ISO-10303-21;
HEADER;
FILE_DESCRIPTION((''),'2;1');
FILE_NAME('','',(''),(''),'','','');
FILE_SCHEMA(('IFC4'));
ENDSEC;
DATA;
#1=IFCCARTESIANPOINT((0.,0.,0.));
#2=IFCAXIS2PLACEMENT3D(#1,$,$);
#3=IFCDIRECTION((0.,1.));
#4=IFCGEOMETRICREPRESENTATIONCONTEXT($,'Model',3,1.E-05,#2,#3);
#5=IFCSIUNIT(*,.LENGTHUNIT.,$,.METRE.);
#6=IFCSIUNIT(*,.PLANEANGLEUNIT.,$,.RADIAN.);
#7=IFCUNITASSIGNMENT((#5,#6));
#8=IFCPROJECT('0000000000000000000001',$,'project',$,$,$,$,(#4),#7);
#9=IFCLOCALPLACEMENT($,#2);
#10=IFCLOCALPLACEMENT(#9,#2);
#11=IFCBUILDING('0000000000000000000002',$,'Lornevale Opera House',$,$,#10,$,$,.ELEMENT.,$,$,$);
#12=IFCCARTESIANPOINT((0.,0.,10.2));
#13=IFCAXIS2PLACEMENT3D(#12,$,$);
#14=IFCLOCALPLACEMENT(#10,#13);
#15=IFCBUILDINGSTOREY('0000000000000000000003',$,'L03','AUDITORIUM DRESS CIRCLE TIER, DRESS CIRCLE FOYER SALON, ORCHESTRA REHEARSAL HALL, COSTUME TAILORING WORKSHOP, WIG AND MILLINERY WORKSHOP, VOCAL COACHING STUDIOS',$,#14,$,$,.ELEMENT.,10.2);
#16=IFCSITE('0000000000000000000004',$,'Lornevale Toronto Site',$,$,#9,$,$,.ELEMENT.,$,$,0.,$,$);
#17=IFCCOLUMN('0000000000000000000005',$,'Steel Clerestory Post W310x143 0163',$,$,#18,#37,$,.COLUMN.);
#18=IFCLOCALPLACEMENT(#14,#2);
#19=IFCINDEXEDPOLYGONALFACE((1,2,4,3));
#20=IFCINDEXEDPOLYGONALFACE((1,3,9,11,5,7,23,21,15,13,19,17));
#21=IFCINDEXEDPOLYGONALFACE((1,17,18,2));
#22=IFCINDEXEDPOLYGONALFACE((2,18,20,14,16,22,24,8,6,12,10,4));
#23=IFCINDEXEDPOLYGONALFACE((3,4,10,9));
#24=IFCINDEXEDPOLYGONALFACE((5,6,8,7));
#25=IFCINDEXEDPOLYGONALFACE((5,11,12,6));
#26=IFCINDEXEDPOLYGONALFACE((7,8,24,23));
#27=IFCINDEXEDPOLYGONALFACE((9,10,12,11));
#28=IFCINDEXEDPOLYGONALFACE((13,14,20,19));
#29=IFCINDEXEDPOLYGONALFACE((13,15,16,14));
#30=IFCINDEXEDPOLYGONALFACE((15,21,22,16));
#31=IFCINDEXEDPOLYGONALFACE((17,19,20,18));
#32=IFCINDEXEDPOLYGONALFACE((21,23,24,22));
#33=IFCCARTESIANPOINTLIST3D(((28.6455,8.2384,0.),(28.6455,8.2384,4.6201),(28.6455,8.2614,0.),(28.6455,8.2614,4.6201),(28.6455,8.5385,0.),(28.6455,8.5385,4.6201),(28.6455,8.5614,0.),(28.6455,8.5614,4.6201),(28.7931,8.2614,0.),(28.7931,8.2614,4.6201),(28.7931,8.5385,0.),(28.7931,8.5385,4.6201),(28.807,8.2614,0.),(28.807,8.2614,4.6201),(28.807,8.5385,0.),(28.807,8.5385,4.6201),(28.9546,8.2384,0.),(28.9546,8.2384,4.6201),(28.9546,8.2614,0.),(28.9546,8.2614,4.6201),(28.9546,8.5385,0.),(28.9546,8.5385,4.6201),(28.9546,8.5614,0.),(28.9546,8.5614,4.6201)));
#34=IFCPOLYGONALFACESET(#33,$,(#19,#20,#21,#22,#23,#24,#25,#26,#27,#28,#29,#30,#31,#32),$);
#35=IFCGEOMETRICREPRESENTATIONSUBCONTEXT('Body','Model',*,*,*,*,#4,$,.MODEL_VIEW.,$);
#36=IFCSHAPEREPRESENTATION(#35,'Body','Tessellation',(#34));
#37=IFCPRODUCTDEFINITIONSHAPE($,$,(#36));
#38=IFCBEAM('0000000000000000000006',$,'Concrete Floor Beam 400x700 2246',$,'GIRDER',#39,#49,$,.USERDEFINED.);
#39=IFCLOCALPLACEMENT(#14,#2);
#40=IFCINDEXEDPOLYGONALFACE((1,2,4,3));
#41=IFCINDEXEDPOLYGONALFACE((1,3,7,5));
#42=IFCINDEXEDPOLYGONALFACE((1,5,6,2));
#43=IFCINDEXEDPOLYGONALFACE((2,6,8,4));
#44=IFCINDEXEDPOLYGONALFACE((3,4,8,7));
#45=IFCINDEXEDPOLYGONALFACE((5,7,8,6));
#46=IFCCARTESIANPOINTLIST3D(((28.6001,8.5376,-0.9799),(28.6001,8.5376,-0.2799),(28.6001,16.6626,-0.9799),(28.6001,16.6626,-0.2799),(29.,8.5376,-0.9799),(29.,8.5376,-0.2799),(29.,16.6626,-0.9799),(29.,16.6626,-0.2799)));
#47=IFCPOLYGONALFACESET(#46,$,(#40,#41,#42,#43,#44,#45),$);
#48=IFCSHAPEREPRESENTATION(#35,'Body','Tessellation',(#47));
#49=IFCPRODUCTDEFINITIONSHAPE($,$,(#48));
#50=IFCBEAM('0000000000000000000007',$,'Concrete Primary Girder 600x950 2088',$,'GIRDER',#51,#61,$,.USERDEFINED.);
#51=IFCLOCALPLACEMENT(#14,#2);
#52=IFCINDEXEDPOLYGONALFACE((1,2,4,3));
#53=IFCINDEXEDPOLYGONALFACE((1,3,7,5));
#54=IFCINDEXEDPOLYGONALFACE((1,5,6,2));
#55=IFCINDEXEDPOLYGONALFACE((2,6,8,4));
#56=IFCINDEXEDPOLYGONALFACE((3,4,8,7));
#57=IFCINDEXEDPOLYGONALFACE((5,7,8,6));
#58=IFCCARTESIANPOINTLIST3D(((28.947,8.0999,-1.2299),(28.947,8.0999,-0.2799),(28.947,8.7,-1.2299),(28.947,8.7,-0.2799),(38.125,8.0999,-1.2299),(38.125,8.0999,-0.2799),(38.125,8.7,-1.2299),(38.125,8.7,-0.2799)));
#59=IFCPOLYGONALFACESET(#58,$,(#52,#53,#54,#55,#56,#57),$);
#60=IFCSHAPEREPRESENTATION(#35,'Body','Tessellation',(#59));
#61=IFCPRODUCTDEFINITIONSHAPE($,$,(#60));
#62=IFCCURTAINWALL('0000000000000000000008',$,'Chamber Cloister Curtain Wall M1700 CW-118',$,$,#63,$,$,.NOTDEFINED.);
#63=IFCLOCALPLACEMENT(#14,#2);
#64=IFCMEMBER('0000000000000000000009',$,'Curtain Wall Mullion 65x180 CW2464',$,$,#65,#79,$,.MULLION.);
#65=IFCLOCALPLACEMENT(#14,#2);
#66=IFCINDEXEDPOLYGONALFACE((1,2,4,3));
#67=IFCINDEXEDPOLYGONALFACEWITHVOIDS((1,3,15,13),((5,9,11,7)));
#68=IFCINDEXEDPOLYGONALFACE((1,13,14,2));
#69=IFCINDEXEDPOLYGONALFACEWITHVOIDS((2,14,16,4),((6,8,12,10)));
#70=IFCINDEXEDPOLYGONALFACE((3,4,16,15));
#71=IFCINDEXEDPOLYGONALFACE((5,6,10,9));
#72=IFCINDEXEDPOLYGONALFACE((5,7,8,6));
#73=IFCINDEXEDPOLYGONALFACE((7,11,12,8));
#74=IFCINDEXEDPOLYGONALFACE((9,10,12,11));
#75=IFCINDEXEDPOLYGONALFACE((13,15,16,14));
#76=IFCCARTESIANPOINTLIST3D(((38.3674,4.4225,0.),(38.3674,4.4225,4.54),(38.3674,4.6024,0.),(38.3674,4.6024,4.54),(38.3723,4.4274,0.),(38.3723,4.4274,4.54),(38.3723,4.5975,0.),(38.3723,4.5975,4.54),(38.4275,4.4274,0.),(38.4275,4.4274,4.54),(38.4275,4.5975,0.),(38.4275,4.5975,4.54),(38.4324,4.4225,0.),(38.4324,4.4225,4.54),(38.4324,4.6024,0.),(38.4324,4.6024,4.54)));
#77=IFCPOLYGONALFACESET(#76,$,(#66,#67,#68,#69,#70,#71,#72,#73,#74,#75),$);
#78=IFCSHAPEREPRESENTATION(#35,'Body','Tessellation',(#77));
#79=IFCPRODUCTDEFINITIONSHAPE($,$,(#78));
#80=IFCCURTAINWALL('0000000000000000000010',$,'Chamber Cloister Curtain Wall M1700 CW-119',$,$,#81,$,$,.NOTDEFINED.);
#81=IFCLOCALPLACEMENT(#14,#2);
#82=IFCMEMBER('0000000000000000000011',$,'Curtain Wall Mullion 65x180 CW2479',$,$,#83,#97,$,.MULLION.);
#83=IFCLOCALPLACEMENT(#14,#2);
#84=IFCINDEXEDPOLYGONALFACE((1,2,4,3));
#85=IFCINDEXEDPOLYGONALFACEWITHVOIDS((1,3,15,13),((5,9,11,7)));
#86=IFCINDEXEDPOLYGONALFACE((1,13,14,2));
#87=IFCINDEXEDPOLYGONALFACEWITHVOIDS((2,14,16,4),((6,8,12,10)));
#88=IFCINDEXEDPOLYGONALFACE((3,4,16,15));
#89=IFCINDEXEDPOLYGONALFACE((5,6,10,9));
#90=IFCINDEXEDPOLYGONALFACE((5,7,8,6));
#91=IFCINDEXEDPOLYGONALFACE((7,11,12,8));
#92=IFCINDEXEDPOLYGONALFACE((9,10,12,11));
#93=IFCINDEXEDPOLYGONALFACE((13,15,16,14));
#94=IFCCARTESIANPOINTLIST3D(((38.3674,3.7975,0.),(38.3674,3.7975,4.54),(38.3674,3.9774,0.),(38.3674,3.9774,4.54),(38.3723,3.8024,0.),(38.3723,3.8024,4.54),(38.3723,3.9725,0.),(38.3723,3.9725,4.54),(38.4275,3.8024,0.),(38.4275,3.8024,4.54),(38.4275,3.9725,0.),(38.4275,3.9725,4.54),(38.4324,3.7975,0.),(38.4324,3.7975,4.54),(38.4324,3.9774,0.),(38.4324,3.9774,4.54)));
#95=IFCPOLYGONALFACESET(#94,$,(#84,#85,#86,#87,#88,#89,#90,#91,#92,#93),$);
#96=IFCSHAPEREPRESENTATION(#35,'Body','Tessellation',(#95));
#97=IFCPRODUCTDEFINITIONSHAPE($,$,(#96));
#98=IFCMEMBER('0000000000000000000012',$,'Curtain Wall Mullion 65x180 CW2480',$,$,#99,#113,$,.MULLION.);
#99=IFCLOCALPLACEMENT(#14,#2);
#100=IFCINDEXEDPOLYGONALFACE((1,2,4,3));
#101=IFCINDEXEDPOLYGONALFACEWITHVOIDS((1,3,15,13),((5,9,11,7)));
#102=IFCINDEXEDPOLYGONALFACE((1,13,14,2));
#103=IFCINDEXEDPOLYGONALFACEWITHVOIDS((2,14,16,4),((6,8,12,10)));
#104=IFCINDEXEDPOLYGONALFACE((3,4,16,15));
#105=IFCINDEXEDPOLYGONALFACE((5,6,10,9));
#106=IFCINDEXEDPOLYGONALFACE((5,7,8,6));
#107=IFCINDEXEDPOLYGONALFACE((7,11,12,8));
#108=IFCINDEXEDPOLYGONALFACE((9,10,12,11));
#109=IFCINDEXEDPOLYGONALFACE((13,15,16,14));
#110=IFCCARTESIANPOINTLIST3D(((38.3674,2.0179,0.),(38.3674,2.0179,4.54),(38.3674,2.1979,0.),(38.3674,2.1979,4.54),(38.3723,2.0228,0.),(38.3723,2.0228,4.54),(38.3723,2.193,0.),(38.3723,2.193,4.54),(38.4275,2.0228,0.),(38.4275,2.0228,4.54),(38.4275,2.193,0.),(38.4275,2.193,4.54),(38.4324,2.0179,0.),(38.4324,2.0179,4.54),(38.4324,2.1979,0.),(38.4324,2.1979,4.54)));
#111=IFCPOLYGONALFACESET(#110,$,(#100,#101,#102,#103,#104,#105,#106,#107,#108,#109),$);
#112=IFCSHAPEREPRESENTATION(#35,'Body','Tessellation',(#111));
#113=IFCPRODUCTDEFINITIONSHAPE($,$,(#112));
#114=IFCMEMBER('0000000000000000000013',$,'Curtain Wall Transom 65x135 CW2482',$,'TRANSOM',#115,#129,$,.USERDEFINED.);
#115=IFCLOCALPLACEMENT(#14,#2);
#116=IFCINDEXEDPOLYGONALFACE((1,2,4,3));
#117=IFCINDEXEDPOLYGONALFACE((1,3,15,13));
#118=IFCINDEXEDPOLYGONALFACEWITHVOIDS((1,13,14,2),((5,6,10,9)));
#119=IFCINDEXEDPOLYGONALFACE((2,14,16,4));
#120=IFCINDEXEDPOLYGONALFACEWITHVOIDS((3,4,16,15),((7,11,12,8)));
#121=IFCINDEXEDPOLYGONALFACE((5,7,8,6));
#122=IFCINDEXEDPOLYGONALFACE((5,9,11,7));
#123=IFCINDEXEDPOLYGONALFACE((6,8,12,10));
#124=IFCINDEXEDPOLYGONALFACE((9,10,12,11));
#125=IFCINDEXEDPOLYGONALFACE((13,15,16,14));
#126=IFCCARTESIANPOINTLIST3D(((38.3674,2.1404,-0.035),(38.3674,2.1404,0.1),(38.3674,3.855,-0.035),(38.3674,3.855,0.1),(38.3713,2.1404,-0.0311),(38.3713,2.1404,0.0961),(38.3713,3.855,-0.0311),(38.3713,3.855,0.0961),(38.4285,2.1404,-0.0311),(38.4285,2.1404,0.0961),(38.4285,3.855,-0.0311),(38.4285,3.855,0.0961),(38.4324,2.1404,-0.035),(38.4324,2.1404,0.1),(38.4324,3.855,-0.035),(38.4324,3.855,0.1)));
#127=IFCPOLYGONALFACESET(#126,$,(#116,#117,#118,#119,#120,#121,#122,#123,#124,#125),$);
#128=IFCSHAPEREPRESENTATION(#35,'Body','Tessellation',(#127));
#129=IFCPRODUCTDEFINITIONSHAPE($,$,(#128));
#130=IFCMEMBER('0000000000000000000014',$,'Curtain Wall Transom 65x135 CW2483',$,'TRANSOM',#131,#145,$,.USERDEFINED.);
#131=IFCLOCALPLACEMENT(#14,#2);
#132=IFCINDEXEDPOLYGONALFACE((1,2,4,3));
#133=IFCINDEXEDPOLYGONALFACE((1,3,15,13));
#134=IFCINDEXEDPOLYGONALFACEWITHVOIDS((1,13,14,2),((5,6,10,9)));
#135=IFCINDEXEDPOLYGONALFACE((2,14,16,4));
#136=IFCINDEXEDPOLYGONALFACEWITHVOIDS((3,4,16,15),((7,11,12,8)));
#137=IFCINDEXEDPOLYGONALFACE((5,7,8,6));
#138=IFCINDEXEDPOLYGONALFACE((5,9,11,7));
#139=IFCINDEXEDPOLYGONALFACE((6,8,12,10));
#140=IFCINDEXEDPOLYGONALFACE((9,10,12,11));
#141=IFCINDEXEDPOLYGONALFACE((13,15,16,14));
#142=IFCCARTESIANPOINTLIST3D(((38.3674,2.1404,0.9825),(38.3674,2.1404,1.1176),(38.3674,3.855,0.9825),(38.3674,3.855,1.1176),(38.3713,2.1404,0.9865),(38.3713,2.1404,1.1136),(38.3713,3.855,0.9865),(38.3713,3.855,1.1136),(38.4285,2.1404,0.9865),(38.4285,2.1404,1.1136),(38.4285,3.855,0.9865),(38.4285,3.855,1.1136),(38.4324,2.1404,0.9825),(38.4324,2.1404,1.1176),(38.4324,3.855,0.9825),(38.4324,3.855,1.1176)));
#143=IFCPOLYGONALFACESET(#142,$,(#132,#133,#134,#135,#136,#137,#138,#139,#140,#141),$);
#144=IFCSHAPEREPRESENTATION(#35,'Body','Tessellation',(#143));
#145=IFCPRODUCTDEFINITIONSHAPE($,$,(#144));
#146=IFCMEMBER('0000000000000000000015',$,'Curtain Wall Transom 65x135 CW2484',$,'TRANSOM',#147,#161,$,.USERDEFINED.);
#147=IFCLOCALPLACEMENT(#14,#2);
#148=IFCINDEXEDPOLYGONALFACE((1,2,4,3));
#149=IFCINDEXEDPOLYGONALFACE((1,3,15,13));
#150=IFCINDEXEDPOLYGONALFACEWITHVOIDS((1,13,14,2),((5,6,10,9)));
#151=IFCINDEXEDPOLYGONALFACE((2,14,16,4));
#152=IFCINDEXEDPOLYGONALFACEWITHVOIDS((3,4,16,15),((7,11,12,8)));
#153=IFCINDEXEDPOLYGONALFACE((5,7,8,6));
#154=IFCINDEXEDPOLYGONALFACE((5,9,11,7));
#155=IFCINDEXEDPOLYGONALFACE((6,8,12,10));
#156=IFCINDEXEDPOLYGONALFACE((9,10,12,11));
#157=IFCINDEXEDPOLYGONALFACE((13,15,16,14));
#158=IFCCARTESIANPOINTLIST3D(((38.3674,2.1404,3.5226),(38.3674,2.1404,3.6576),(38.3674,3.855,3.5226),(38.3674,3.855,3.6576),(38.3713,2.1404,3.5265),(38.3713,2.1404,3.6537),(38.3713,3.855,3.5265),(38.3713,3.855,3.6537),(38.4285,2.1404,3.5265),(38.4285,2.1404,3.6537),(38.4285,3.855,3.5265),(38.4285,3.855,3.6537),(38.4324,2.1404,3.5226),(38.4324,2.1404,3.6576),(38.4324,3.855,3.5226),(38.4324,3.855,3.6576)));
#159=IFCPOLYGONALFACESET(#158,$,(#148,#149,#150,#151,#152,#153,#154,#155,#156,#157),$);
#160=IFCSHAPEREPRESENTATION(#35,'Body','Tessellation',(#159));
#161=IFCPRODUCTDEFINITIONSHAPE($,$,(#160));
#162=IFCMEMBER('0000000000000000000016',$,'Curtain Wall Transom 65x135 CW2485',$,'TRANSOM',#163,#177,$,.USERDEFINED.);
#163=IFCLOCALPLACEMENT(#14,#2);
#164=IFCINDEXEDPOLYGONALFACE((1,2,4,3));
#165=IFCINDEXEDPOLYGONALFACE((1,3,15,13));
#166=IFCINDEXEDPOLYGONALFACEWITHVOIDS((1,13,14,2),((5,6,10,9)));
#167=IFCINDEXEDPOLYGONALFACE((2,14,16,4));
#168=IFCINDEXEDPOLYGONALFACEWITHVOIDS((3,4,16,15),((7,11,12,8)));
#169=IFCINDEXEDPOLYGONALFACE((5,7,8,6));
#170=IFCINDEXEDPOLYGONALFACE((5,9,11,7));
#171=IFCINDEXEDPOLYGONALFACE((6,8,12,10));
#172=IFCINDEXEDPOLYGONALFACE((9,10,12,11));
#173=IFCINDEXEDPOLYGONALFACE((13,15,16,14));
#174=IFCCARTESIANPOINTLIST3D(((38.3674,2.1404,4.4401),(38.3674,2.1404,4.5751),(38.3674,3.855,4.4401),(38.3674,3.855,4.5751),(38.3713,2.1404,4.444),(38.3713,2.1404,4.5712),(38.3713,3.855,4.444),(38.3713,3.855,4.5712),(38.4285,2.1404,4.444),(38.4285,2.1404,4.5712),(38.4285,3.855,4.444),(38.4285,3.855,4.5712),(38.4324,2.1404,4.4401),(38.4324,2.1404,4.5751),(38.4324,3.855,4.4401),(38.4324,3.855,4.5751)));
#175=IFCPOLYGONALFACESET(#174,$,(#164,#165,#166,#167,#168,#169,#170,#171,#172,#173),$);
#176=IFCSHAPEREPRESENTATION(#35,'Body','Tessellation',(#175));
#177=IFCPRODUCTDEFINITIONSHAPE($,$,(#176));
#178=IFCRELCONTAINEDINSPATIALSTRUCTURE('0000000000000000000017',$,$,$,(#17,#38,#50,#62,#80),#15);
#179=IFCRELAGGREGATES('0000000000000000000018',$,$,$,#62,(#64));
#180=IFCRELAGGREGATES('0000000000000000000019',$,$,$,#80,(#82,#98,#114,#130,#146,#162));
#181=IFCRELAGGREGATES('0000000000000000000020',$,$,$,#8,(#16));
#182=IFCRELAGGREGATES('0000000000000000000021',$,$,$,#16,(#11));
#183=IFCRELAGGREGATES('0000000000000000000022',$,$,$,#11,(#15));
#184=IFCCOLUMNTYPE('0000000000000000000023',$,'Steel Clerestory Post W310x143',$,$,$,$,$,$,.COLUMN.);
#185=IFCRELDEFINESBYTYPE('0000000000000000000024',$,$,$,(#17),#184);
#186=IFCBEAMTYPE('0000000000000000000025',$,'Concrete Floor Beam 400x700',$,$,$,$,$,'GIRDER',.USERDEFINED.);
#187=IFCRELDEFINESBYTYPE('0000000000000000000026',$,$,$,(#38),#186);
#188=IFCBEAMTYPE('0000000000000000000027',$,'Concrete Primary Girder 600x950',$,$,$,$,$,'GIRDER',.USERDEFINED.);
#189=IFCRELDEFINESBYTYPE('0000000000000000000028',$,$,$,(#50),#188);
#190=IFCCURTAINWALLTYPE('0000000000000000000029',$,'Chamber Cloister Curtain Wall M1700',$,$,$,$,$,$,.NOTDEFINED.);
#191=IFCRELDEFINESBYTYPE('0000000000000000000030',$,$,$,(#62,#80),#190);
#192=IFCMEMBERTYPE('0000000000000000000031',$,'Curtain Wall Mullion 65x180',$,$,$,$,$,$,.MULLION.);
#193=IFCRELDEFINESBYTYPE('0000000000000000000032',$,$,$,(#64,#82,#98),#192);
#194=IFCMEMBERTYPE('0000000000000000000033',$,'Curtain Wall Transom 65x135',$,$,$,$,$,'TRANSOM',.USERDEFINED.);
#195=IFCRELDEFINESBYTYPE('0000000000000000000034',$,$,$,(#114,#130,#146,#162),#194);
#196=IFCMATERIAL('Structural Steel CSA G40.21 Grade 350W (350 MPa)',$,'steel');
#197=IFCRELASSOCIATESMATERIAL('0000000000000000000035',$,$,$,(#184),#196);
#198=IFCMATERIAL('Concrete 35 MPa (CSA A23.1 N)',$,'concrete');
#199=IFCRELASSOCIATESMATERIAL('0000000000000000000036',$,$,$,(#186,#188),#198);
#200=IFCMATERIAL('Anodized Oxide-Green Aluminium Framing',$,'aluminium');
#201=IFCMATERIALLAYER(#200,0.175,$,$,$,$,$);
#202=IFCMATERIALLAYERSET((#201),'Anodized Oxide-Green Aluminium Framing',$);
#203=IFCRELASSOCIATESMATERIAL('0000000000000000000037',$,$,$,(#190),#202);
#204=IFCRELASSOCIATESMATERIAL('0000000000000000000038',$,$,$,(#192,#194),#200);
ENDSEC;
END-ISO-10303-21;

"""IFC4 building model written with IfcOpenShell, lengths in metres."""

from ifc_helpers import new_model, si_unit, direction, frame, origin, origin_2d, place, context, subcontext, project, spatial, rectangle, hollow_rectangle, i_section, extrude, material, layer, layer_set, material_profile, profile_set, type_object, element, aggregate, save


model = new_model("IFC4")

# Units and contexts
model_context = context("Model", 3, precision=1e-05, world=origin(), true_north=direction((0.0, 1.0)))
body_context = subcontext(model_context, "Body", "Model", "MODEL_VIEW")
ifc_project = project(units=[si_unit("LENGTHUNIT", "METRE"), si_unit("PLANEANGLEUNIT", "RADIAN")], contexts=[model_context])

# Site, building, storey
site_placement = place(None, origin())
site = spatial("IfcSite", under=ifc_project, at=site_placement, Name="Lornevale Toronto Site", CompositionType="ELEMENT", RefElevation=0.0)
building_placement = place(site_placement, origin())
building = spatial("IfcBuilding", under=site, at=building_placement, Name="Lornevale Opera House", CompositionType="ELEMENT")
storey_placement = place(building_placement, frame((0.0, 0.0, 10.2)))
storey = spatial("IfcBuildingStorey", under=building, at=storey_placement, Name="L03", Description="AUDITORIUM DRESS CIRCLE TIER, DRESS CIRCLE FOYER SALON, ORCHESTRA REHEARSAL HALL, COSTUME TAILORING WORKSHOP, WIG AND MILLINERY WORKSHOP, VOCAL COACHING STUDIOS", CompositionType="ELEMENT", Elevation=10.2)

# Column
ifc_material_1 = material(Name="Structural Steel CSA G40.21 Grade 350W (350 MPa)", Category="steel")
ifc_material_profile_1 = material_profile(ifc_material_1, i_section(OverallWidth=0.3091, OverallDepth=0.323, WebThickness=0.0139, FlangeThickness=0.0229, at=origin_2d()), Name="W310x143")
ifc_profile_set_1 = profile_set([ifc_material_profile_1], Name="Structural Steel CSA G40.21 Grade 350W (350 MPa)")
column_type = type_object("IfcColumnType", Name="Steel Clerestory Post W310x143", PredefinedType="COLUMN", material=ifc_profile_set_1)
column_placement = place(storey_placement, frame((28.8, 8.3999, 0.0), z_axis=(0.0, 0.0, 1.0), x_axis=(1.0, 0.0, 0.0)))
element("IfcColumn", 1, at=column_placement, inside=storey, type_object=column_type, Name="Steel Clerestory Post W310x143 0163", PredefinedType="COLUMN", context=body_context, shape_type="SweptSolid", body=[
    extrude(i_section(OverallWidth=0.3091, OverallDepth=0.323, WebThickness=0.0139, FlangeThickness=0.0229, at=origin_2d()), origin(), (0.0, 0.0, 1.0), 4.6201),
])

# Beams
ifc_material_2 = material(Name="Concrete 35 MPa (CSA A23.1 N)", Category="concrete")
ifc_material_profile_2 = material_profile(ifc_material_2, rectangle(XDim=0.3999, YDim=0.7, at=origin_2d()), Name="RC400x700")
ifc_profile_set_2 = profile_set([ifc_material_profile_2], Name="Concrete 35 MPa (CSA A23.1 N)")
beam_type_1 = type_object("IfcBeamType", Name="Concrete Floor Beam 400x700", ElementType="GIRDER", PredefinedType="USERDEFINED", material=ifc_profile_set_2)
beam_1_placement = place(storey_placement, frame((28.8, 8.5376, -0.6299), z_axis=(0.0, 1.0, 0.0), x_axis=(-1.0, 0.0, 0.0)))
element("IfcBeam", 2, at=beam_1_placement, inside=storey, type_object=beam_type_1, Name="Concrete Floor Beam 400x700 2246", ObjectType="GIRDER", PredefinedType="USERDEFINED", context=body_context, shape_type="SweptSolid", body=[
    extrude(rectangle(XDim=0.3999, YDim=0.7, at=origin_2d()), origin(), (0.0, 0.0, 1.0), 8.125),
])
ifc_material_profile_3 = material_profile(ifc_material_2, rectangle(XDim=0.6001, YDim=0.95, at=origin_2d()), Name="RC600x950")
ifc_profile_set_3 = profile_set([ifc_material_profile_3], Name="Concrete 35 MPa (CSA A23.1 N)")
beam_type_2 = type_object("IfcBeamType", Name="Concrete Primary Girder 600x950", ElementType="GIRDER", PredefinedType="USERDEFINED", material=ifc_profile_set_3)
beam_2_placement = place(storey_placement, frame((28.947, 8.3999, -0.7549), z_axis=(1.0, 0.0, 0.0), x_axis=(0.0, 1.0, 0.0)))
element("IfcBeam", 3, at=beam_2_placement, inside=storey, type_object=beam_type_2, Name="Concrete Primary Girder 600x950 2088", ObjectType="GIRDER", PredefinedType="USERDEFINED", context=body_context, shape_type="SweptSolid", body=[
    extrude(rectangle(XDim=0.6001, YDim=0.95, at=origin_2d()), origin(), (0.0, 0.0, 1.0), 9.178),
])

# Curtain wall, member
ifc_material_3 = material(Name="Anodized Oxide-Green Aluminium Framing", Category="aluminium")
ifc_layer_1 = layer(ifc_material_3, 0.175)
ifc_layer_set_1 = layer_set([ifc_layer_1], Name="Anodized Oxide-Green Aluminium Framing")
curtain_wall_type = type_object("IfcCurtainWallType", Name="Chamber Cloister Curtain Wall M1700", PredefinedType="NOTDEFINED", material=ifc_layer_set_1)
curtain_wall_1_placement = place(storey_placement, origin())
curtain_wall_1 = element("IfcCurtainWall", 4, at=curtain_wall_1_placement, inside=storey, type_object=curtain_wall_type, Name="Chamber Cloister Curtain Wall M1700 CW-118", PredefinedType="NOTDEFINED")
ifc_material_profile_4 = material_profile(ifc_material_3, hollow_rectangle(XDim=0.0649, YDim=0.1799, WallThickness=0.0049, at=origin_2d()), Name="ALU65x180x5")
ifc_profile_set_4 = profile_set([ifc_material_profile_4], Name="Anodized Oxide-Green Aluminium Framing")
member_type_1 = type_object("IfcMemberType", Name="Curtain Wall Mullion 65x180", PredefinedType="MULLION", material=ifc_profile_set_4)
member_1_placement = place(storey_placement, frame((38.3999, 4.5125, 0.0), z_axis=(0.0, 0.0, 1.0), x_axis=(1.0, 0.0, 0.0)))
member_1 = element("IfcMember", 5, at=member_1_placement, type_object=member_type_1, Name="Curtain Wall Mullion 65x180 CW2464", PredefinedType="MULLION", context=body_context, shape_type="SweptSolid", body=[
    extrude(hollow_rectangle(XDim=0.0649, YDim=0.1799, WallThickness=0.0049, at=origin_2d()), origin(), (0.0, 0.0, 1.0), 4.54),
])

# Curtain wall, members
curtain_wall_2_placement = place(storey_placement, origin())
curtain_wall_2 = element("IfcCurtainWall", 6, at=curtain_wall_2_placement, inside=storey, type_object=curtain_wall_type, Name="Chamber Cloister Curtain Wall M1700 CW-119", PredefinedType="NOTDEFINED")
member_2_placement = place(storey_placement, frame((38.3999, 3.8875, 0.0), z_axis=(0.0, 0.0, 1.0), x_axis=(1.0, 0.0, 0.0)))
member_2 = element("IfcMember", 7, at=member_2_placement, type_object=member_type_1, Name="Curtain Wall Mullion 65x180 CW2479", PredefinedType="MULLION", context=body_context, shape_type="SweptSolid", body=[
    extrude(hollow_rectangle(XDim=0.0649, YDim=0.1799, WallThickness=0.0049, at=origin_2d()), origin(), (0.0, 0.0, 1.0), 4.54),
])
member_3_placement = place(storey_placement, frame((38.3999, 2.1079, 0.0), z_axis=(0.0, 0.0, 1.0), x_axis=(1.0, 0.0, 0.0)))
member_3 = element("IfcMember", 8, at=member_3_placement, type_object=member_type_1, Name="Curtain Wall Mullion 65x180 CW2480", PredefinedType="MULLION", context=body_context, shape_type="SweptSolid", body=[
    extrude(hollow_rectangle(XDim=0.0649, YDim=0.1799, WallThickness=0.0049, at=origin_2d()), origin(), (0.0, 0.0, 1.0), 4.54),
])
ifc_material_profile_5 = material_profile(ifc_material_3, hollow_rectangle(XDim=0.0649, YDim=0.135, WallThickness=0.0039, at=origin_2d()), Name="ALU65x135x4")
ifc_profile_set_5 = profile_set([ifc_material_profile_5], Name="Anodized Oxide-Green Aluminium Framing")
member_type_2 = type_object("IfcMemberType", Name="Curtain Wall Transom 65x135", ElementType="TRANSOM", PredefinedType="USERDEFINED", material=ifc_profile_set_5)
member_4_placement = place(storey_placement, frame((38.3999, 3.855, 0.0325), z_axis=(0.0, -1.0, 0.0), x_axis=(1.0, 0.0, 0.0)))
member_4 = element("IfcMember", 9, at=member_4_placement, type_object=member_type_2, Name="Curtain Wall Transom 65x135 CW2482", ObjectType="TRANSOM", PredefinedType="USERDEFINED", context=body_context, shape_type="SweptSolid", body=[
    extrude(hollow_rectangle(XDim=0.0649, YDim=0.135, WallThickness=0.0039, at=origin_2d()), origin(), (0.0, 0.0, 1.0), 1.7146),
])
member_5_placement = place(storey_placement, frame((38.3999, 3.855, 1.05), z_axis=(0.0, -1.0, 0.0), x_axis=(1.0, 0.0, 0.0)))
member_5 = element("IfcMember", 10, at=member_5_placement, type_object=member_type_2, Name="Curtain Wall Transom 65x135 CW2483", ObjectType="TRANSOM", PredefinedType="USERDEFINED", context=body_context, shape_type="SweptSolid", body=[
    extrude(hollow_rectangle(XDim=0.0649, YDim=0.135, WallThickness=0.0039, at=origin_2d()), origin(), (0.0, 0.0, 1.0), 1.7146),
])
member_6_placement = place(storey_placement, frame((38.3999, 3.855, 3.5901), z_axis=(0.0, -1.0, 0.0), x_axis=(1.0, 0.0, 0.0)))
member_6 = element("IfcMember", 11, at=member_6_placement, type_object=member_type_2, Name="Curtain Wall Transom 65x135 CW2484", ObjectType="TRANSOM", PredefinedType="USERDEFINED", context=body_context, shape_type="SweptSolid", body=[
    extrude(hollow_rectangle(XDim=0.0649, YDim=0.135, WallThickness=0.0039, at=origin_2d()), origin(), (0.0, 0.0, 1.0), 1.7146),
])
member_7_placement = place(storey_placement, frame((38.3999, 3.855, 4.5076), z_axis=(0.0, -1.0, 0.0), x_axis=(1.0, 0.0, 0.0)))
member_7 = element("IfcMember", 12, at=member_7_placement, type_object=member_type_2, Name="Curtain Wall Transom 65x135 CW2485", ObjectType="TRANSOM", PredefinedType="USERDEFINED", context=body_context, shape_type="SweptSolid", body=[
    extrude(hollow_rectangle(XDim=0.0649, YDim=0.135, WallThickness=0.0039, at=origin_2d()), origin(), (0.0, 0.0, 1.0), 1.7146),
])

aggregate(curtain_wall_1, [member_1])
aggregate(curtain_wall_2, [member_2, member_3, member_4, member_5, member_6, member_7])

save(model, "model.ifc")
